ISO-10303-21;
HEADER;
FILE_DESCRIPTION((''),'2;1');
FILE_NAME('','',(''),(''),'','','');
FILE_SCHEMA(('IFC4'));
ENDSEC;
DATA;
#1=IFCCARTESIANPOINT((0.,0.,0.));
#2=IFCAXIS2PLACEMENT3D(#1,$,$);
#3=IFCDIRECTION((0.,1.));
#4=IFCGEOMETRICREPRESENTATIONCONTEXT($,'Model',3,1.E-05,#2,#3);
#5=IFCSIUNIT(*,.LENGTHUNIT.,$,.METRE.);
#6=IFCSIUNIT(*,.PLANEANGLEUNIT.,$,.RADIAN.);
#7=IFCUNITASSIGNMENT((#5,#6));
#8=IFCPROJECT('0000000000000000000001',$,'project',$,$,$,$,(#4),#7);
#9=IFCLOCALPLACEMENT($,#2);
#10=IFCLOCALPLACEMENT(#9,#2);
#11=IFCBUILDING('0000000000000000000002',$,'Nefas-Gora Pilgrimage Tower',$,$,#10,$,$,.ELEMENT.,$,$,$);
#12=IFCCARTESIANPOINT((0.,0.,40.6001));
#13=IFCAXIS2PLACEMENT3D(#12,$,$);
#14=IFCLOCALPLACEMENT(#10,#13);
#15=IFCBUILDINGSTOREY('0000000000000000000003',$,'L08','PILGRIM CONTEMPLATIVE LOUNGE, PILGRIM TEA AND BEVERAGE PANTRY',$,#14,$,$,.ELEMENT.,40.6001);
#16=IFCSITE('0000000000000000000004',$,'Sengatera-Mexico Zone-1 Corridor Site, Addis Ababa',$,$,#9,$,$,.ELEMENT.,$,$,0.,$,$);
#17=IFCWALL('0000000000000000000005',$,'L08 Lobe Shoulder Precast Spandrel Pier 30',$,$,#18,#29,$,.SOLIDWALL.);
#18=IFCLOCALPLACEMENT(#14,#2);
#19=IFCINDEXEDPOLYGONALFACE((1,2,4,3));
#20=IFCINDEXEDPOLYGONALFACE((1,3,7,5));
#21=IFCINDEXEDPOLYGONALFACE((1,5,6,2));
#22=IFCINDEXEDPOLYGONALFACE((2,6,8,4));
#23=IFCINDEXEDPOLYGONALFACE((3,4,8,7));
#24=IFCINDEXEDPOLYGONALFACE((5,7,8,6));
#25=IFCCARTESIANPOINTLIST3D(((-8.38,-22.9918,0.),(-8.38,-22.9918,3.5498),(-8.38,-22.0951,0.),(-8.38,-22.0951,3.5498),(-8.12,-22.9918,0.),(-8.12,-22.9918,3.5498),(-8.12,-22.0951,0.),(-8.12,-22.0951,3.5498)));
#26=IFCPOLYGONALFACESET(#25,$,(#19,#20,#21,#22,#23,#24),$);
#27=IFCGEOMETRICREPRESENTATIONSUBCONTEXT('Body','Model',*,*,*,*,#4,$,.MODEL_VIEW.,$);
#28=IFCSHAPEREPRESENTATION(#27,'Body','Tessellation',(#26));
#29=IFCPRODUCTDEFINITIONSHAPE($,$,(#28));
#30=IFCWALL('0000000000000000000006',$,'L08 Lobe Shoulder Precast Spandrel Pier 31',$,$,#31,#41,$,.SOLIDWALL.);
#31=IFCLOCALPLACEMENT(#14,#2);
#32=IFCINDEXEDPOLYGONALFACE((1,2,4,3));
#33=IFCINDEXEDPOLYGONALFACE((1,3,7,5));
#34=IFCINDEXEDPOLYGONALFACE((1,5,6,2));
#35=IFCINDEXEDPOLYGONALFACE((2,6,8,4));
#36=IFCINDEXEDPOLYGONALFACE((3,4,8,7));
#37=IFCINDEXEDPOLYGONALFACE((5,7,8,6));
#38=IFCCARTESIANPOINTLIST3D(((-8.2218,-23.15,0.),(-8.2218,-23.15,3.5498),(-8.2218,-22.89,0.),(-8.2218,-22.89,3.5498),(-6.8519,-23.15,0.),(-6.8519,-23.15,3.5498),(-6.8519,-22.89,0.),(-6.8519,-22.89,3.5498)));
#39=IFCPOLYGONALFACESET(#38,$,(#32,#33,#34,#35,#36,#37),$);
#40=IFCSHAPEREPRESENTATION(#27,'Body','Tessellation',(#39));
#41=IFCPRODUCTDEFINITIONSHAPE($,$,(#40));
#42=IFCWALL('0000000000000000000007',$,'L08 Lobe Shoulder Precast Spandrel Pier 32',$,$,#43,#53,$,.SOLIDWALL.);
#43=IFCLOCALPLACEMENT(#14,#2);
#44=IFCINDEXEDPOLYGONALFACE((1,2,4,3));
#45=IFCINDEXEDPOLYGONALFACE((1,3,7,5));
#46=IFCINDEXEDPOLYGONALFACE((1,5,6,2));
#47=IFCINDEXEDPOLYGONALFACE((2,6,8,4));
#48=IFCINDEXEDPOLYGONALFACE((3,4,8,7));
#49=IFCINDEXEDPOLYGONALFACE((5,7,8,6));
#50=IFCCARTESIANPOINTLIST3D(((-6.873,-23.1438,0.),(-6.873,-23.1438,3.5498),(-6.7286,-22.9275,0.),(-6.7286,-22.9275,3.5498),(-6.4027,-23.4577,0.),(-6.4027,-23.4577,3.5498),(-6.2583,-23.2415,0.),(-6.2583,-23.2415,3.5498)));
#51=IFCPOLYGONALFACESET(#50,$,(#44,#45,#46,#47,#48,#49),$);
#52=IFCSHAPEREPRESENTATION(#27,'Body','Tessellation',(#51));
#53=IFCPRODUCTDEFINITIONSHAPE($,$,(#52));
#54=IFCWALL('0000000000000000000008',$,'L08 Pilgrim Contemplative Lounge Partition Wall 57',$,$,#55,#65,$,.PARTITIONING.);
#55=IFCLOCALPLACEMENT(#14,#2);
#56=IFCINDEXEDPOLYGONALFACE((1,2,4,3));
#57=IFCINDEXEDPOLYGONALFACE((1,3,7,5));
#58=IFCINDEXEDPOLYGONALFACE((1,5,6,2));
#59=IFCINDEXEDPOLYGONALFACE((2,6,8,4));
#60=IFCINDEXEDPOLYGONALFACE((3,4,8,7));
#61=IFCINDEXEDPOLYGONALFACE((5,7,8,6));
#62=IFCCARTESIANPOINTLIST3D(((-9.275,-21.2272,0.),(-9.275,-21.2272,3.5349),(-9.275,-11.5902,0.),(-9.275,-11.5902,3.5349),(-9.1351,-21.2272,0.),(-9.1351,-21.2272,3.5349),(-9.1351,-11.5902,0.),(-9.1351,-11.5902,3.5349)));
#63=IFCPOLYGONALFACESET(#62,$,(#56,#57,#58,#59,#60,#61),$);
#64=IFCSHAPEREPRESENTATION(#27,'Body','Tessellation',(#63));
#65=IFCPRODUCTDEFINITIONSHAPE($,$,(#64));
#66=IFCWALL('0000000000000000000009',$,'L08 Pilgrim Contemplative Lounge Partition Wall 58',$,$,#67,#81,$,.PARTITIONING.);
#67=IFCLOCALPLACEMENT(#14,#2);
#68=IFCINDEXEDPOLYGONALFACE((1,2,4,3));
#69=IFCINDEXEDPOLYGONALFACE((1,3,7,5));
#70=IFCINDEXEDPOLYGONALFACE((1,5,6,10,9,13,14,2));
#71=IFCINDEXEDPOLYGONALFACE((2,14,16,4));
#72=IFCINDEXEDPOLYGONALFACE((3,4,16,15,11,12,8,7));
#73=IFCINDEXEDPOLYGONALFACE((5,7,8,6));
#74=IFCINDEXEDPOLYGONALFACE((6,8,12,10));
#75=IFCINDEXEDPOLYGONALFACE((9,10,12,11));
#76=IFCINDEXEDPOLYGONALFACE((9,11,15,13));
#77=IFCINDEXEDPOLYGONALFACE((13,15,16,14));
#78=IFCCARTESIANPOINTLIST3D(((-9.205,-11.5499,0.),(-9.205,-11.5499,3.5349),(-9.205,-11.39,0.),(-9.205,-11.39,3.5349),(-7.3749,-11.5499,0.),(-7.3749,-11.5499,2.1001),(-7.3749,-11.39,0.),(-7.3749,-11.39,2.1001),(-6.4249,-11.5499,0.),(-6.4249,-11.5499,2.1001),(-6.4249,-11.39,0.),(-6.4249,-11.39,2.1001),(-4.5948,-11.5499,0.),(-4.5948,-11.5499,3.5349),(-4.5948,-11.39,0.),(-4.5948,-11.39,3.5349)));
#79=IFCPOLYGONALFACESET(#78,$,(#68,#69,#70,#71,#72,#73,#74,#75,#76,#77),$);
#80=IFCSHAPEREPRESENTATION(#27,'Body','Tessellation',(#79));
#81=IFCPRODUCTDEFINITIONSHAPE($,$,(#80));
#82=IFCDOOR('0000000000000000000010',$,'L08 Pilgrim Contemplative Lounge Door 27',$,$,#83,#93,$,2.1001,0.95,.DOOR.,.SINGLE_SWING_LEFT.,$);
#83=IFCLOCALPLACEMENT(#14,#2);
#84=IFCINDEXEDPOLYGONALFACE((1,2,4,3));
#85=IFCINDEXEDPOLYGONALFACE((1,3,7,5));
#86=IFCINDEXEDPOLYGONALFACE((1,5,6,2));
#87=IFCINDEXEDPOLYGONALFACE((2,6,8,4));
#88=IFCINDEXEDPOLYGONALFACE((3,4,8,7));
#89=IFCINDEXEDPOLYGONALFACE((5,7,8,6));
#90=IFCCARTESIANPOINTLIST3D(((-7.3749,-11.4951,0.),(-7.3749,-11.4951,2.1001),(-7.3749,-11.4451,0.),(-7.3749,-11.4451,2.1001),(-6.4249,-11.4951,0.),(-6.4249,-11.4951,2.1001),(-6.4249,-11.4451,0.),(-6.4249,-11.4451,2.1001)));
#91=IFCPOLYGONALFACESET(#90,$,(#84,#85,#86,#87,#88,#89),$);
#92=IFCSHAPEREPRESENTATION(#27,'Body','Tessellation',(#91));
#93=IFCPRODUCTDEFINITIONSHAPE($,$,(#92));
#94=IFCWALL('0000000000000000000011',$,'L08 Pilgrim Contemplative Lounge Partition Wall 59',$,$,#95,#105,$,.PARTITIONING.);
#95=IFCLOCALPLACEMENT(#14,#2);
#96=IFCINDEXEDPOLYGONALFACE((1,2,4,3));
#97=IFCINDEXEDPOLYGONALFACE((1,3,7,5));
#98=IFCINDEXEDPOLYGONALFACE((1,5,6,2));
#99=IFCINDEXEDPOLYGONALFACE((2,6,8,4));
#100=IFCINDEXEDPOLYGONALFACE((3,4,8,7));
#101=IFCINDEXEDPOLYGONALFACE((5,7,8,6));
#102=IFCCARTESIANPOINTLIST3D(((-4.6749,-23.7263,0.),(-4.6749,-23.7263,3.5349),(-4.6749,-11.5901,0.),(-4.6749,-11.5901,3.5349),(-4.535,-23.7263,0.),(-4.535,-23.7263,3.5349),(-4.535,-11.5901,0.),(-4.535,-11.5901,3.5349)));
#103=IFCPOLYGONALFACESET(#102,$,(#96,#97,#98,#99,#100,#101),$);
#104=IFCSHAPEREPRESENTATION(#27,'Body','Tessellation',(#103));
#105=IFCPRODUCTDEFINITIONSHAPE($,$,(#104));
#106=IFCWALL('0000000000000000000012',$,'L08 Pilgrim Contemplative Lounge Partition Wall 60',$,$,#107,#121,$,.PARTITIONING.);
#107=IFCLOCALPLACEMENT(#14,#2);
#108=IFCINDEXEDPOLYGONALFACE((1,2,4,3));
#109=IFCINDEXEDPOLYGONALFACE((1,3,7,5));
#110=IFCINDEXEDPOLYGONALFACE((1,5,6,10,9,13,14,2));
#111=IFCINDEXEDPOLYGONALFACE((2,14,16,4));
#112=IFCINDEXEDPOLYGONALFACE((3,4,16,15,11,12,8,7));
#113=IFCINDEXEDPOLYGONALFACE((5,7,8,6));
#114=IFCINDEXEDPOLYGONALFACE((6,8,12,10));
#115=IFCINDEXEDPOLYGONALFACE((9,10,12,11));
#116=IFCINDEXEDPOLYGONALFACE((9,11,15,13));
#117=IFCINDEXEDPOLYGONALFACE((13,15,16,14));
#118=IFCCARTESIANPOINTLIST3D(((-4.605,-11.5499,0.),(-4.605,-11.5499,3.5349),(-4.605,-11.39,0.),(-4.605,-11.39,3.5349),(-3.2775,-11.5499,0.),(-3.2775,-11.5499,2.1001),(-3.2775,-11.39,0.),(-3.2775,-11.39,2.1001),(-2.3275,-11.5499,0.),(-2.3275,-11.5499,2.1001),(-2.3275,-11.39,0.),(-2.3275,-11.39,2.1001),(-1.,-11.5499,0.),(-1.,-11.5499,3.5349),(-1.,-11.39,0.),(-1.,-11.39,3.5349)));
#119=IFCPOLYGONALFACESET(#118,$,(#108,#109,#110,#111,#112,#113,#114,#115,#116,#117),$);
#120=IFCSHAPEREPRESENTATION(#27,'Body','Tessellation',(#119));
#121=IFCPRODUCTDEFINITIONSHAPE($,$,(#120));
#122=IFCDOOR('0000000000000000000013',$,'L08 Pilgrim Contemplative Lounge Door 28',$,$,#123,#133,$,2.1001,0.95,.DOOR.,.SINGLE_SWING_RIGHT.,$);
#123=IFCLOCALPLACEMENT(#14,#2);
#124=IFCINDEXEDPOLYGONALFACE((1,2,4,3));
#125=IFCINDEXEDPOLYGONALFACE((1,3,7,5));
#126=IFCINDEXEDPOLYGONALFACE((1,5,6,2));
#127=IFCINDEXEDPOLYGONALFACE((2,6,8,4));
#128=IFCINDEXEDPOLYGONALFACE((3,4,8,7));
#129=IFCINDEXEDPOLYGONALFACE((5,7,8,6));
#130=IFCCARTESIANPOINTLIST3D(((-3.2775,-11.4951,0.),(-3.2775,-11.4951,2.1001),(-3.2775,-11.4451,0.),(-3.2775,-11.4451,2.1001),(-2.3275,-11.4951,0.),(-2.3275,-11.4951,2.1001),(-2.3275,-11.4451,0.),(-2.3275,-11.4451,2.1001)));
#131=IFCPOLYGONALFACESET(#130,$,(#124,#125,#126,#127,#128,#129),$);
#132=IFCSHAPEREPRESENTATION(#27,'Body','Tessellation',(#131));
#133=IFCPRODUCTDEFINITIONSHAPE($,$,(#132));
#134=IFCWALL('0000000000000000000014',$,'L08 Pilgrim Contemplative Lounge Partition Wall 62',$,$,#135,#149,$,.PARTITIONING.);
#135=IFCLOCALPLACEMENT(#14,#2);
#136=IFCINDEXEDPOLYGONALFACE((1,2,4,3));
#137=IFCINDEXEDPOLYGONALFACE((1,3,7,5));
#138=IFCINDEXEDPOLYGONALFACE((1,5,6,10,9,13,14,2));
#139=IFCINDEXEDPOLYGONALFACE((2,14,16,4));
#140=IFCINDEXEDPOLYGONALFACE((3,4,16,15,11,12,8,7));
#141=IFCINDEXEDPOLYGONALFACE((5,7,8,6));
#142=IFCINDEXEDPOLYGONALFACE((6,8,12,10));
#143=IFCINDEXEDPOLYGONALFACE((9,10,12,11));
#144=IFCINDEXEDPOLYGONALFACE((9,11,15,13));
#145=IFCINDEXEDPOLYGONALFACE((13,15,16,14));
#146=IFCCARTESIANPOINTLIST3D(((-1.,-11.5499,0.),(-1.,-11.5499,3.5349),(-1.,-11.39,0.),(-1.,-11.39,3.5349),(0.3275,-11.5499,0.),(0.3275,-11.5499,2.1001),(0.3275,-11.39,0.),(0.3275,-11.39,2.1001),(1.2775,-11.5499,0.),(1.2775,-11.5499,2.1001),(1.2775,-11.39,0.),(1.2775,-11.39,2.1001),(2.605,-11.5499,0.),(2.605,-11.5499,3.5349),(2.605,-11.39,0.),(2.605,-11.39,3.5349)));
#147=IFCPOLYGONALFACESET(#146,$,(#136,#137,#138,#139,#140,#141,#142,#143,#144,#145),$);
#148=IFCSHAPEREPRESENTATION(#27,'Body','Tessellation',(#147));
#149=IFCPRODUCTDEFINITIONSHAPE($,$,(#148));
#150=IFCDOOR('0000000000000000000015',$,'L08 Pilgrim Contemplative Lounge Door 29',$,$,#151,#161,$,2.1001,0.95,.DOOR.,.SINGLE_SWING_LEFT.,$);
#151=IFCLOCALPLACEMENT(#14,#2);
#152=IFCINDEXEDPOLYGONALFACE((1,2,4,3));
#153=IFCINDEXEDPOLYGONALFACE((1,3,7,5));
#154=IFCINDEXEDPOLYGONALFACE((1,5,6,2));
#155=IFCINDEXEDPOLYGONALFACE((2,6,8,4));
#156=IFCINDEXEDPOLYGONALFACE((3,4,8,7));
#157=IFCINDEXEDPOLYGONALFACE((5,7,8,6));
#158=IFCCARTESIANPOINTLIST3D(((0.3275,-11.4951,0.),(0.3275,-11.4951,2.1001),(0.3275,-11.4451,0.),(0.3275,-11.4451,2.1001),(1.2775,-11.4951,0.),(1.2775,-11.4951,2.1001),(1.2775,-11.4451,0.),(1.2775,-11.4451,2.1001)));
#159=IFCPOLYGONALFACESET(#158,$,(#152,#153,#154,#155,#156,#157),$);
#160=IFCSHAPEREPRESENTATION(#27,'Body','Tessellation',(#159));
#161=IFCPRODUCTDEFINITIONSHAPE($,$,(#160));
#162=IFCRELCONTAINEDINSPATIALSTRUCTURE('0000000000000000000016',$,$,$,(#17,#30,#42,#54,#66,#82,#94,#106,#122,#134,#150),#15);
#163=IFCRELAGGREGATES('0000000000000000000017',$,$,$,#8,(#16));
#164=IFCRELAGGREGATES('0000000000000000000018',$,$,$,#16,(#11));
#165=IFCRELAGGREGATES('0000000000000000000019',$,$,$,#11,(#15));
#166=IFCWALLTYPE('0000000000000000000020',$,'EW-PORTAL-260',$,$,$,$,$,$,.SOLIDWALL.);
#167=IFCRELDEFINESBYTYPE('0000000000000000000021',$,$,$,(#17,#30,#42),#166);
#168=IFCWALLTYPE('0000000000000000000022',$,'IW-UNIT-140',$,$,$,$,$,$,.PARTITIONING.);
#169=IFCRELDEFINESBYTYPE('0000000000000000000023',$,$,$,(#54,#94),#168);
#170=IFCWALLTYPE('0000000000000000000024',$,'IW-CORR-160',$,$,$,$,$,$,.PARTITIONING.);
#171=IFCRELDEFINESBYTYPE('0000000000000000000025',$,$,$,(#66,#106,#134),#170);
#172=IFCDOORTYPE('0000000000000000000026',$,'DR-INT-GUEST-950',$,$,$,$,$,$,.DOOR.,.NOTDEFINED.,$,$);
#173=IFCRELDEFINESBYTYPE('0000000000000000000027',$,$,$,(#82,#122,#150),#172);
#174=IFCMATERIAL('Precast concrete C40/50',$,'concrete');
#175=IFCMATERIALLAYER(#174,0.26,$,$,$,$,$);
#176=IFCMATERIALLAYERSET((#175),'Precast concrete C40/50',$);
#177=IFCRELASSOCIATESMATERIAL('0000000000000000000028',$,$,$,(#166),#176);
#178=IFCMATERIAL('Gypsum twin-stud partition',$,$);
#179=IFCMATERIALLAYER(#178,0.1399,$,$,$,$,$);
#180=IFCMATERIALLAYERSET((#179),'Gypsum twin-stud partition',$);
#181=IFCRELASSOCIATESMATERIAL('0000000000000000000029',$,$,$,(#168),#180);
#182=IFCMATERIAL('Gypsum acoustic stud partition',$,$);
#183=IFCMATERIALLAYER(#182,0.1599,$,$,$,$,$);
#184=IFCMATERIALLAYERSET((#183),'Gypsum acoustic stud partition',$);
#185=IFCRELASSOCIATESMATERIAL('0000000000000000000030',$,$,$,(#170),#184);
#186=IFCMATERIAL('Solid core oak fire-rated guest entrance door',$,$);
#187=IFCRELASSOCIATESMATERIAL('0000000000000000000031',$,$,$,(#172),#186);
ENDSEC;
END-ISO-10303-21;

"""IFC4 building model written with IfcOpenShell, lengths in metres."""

from ifc_helpers import new_model, si_unit, direction, frame, frame_2d, origin, place, context, subcontext, project, spatial, rectangle, extrude, source, transform, mapped, material, layer, layer_set, type_object, element, fill, save


model = new_model("IFC4")

# Units and contexts
model_context = context("Model", 3, precision=1e-05, world=origin(), true_north=direction((0.0, 1.0)))
body_context = subcontext(model_context, "Body", "Model", "MODEL_VIEW")
ifc_project = project(units=[si_unit("LENGTHUNIT", "METRE"), si_unit("PLANEANGLEUNIT", "RADIAN")], contexts=[model_context])

# Site, building, storey
site_placement = place(None, origin())
site = spatial("IfcSite", under=ifc_project, at=site_placement, Name="Sengatera-Mexico Zone-1 Corridor Site, Addis Ababa", CompositionType="ELEMENT", RefElevation=0.0)
building_placement = place(site_placement, origin())
building = spatial("IfcBuilding", under=site, at=building_placement, Name="Nefas-Gora Pilgrimage Tower", CompositionType="ELEMENT")
storey_placement = place(building_placement, frame((0.0, 0.0, 40.6001)))
storey = spatial("IfcBuildingStorey", under=building, at=storey_placement, Name="L08", Description="PILGRIM CONTEMPLATIVE LOUNGE, PILGRIM TEA AND BEVERAGE PANTRY", CompositionType="ELEMENT", Elevation=40.6001)

# Walls
ifc_material_1 = material(Name="Precast concrete C40/50", Category="concrete")
ifc_layer_1 = layer(ifc_material_1, 0.26)
ifc_layer_set_1 = layer_set([ifc_layer_1], Name="Precast concrete C40/50")
wall_type_1 = type_object("IfcWallType", Name="EW-PORTAL-260", PredefinedType="SOLIDWALL", material=ifc_layer_set_1)
shared_shape_1 = source(origin(), body_context, "Body", "SweptSolid", [
    extrude(rectangle(XDim=0.8967, YDim=0.26, at=frame_2d((0.4482, 0.0))), origin(), (0.0, 0.0, 1.0), 3.5498),
])
wall_1_placement = place(storey_placement, frame((-8.25, -22.0952, 0.0), z_axis=(0.0, 0.0, 1.0), x_axis=(0.0, -1.0, 0.0)))
element("IfcWall", 1, at=wall_1_placement, inside=storey, type_object=wall_type_1, Name="L08 Lobe Shoulder Precast Spandrel Pier 30", PredefinedType="SOLIDWALL", context=body_context, shape_type="MappedRepresentation", body=[
    mapped(shared_shape_1, transform((0.0, 0.0, 0.0), x_axis=(1.0, 0.0, 0.0), y_axis=(0.0, 1.0, 0.0), z_axis=(0.0, 0.0, 1.0), scale=1.0)),
])
shared_shape_2 = source(origin(), body_context, "Body", "SweptSolid", [
    extrude(rectangle(XDim=1.3699, YDim=0.26, at=frame_2d((0.6851, 0.0))), origin(), (0.0, 0.0, 1.0), 3.5498),
])
wall_2_placement = place(storey_placement, frame((-8.2219, -23.02, 0.0), z_axis=(0.0, 0.0, 1.0), x_axis=(1.0, 0.0, 0.0)))
element("IfcWall", 2, at=wall_2_placement, inside=storey, type_object=wall_type_1, Name="L08 Lobe Shoulder Precast Spandrel Pier 31", PredefinedType="SOLIDWALL", context=body_context, shape_type="MappedRepresentation", body=[
    mapped(shared_shape_2, transform((0.0, 0.0, 0.0), x_axis=(1.0, 0.0, 0.0), y_axis=(0.0, 1.0, 0.0), z_axis=(0.0, 0.0, 1.0), scale=1.0)),
])
shared_shape_3 = source(origin(), body_context, "Body", "SweptSolid", [
    extrude(rectangle(XDim=0.5654, YDim=0.26, at=frame_2d((0.2827, 0.0))), origin(), (0.0, 0.0, 1.0), 3.5498),
])
wall_3_placement = place(storey_placement, frame((-6.8008, -23.0356, 0.0), z_axis=(0.0, 0.0, 1.0), x_axis=(0.831651, -0.555298, 0.0)))
element("IfcWall", 3, at=wall_3_placement, inside=storey, type_object=wall_type_1, Name="L08 Lobe Shoulder Precast Spandrel Pier 32", PredefinedType="SOLIDWALL", context=body_context, shape_type="MappedRepresentation", body=[
    mapped(shared_shape_3, transform((0.0, 0.0, 0.0), x_axis=(1.0, 0.0, 0.0), y_axis=(0.0, 1.0, 0.0), z_axis=(0.0, 0.0, 1.0), scale=1.0)),
])
ifc_material_2 = material(Name="Gypsum twin-stud partition")
ifc_layer_2 = layer(ifc_material_2, 0.1399)
ifc_layer_set_2 = layer_set([ifc_layer_2], Name="Gypsum twin-stud partition")
wall_type_2 = type_object("IfcWallType", Name="IW-UNIT-140", PredefinedType="PARTITIONING", material=ifc_layer_set_2)
shared_shape_4 = source(origin(), body_context, "Body", "SweptSolid", [
    extrude(rectangle(XDim=9.637, YDim=0.1399, at=frame_2d((4.8184, 0.0))), origin(), (0.0, 0.0, 1.0), 3.5349),
])
wall_4_placement = place(storey_placement, frame((-9.2051, -21.2271, 0.0), z_axis=(0.0, 0.0, 1.0), x_axis=(0.0, 1.0, 0.0)))
element("IfcWall", 4, at=wall_4_placement, inside=storey, type_object=wall_type_2, Name="L08 Pilgrim Contemplative Lounge Partition Wall 57", PredefinedType="PARTITIONING", context=body_context, shape_type="MappedRepresentation", body=[
    mapped(shared_shape_4, transform((0.0, 0.0, 0.0), x_axis=(1.0, 0.0, 0.0), y_axis=(0.0, 1.0, 0.0), z_axis=(0.0, 0.0, 1.0), scale=1.0)),
])

# Wall, opening, door
ifc_material_3 = material(Name="Gypsum acoustic stud partition")
ifc_layer_3 = layer(ifc_material_3, 0.1599)
ifc_layer_set_3 = layer_set([ifc_layer_3], Name="Gypsum acoustic stud partition")
wall_type_3 = type_object("IfcWallType", Name="IW-CORR-160", PredefinedType="PARTITIONING", material=ifc_layer_set_3)
shared_shape_5 = source(origin(), body_context, "Body", "SweptSolid", [
    extrude(rectangle(XDim=4.6101, YDim=0.1599, at=frame_2d((2.3052, 0.0))), origin(), (0.0, 0.0, 1.0), 3.5349),
])
wall_5_placement = place(storey_placement, frame((-9.2051, -11.47, 0.0), z_axis=(0.0, 0.0, 1.0), x_axis=(1.0, 0.0, 0.0)))
wall_5 = element("IfcWall", 5, at=wall_5_placement, inside=storey, type_object=wall_type_3, Name="L08 Pilgrim Contemplative Lounge Partition Wall 58", PredefinedType="PARTITIONING", context=body_context, shape_type="MappedRepresentation", body=[
    mapped(shared_shape_5, transform((0.0, 0.0, 0.0), x_axis=(1.0, 0.0, 0.0), y_axis=(0.0, 1.0, 0.0), z_axis=(0.0, 0.0, 1.0), scale=1.0)),
])
opening_1_placement = place(wall_5_placement, frame((1.8301, 0.0, 0.0)))
opening_1 = element("IfcOpeningElement", 6, at=opening_1_placement, cuts=wall_5, PredefinedType="OPENING", context=body_context, shape_type="SweptSolid", body=[
    extrude(rectangle(XDim=0.95, YDim=2.1001, at=frame_2d((0.4751, 1.05))), frame((0.0, 0.0898, 0.0), z_axis=(0.0, -1.0, 0.0), x_axis=(1.0, 0.0, 0.0)), (0.0, 0.0, 1.0), 0.1799),
])
ifc_material_4 = material(Name="Solid core oak fire-rated guest entrance door")
door_type_1 = type_object("IfcDoorType", Name="DR-INT-GUEST-950", OperationType="NOTDEFINED", PredefinedType="DOOR", material=ifc_material_4)
shared_shape_6 = source(origin(), body_context, "Body", "SweptSolid", [
    extrude(rectangle(XDim=0.95, YDim=2.1001, at=frame_2d((0.4751, 1.05))), frame((0.0, 0.0249, 0.0), z_axis=(0.0, -1.0, 0.0), x_axis=(1.0, 0.0, 0.0)), (0.0, 0.0, 1.0), 0.05),
])
door_1_placement = place(opening_1_placement, origin())
door_1 = element("IfcDoor", 7, at=door_1_placement, inside=storey, type_object=door_type_1, Name="L08 Pilgrim Contemplative Lounge Door 27", OperationType="SINGLE_SWING_LEFT", OverallHeight=2.1001, OverallWidth=0.95, PredefinedType="DOOR", context=body_context, shape_type="MappedRepresentation", body=[
    mapped(shared_shape_6, transform((0.0, 0.0, 0.0), x_axis=(1.0, 0.0, 0.0), y_axis=(0.0, 1.0, 0.0), z_axis=(0.0, 0.0, 1.0), scale=1.0)),
])
fill(opening_1, door_1)

# Wall
shared_shape_7 = source(origin(), body_context, "Body", "SweptSolid", [
    extrude(rectangle(XDim=12.1362, YDim=0.1399, at=frame_2d((6.0681, 0.0))), origin(), (0.0, 0.0, 1.0), 3.5349),
])
wall_6_placement = place(storey_placement, frame((-4.605, -23.7263, 0.0), z_axis=(0.0, 0.0, 1.0), x_axis=(0.0, 1.0, 0.0)))
element("IfcWall", 8, at=wall_6_placement, inside=storey, type_object=wall_type_2, Name="L08 Pilgrim Contemplative Lounge Partition Wall 59", PredefinedType="PARTITIONING", context=body_context, shape_type="MappedRepresentation", body=[
    mapped(shared_shape_7, transform((0.0, 0.0, 0.0), x_axis=(1.0, 0.0, 0.0), y_axis=(0.0, 1.0, 0.0), z_axis=(0.0, 0.0, 1.0), scale=1.0)),
])

# Walls, openings, doors
shared_shape_8 = source(origin(), body_context, "Body", "SweptSolid", [
    extrude(rectangle(XDim=3.605, YDim=0.1599, at=frame_2d((1.8025, 0.0))), origin(), (0.0, 0.0, 1.0), 3.5349),
])
wall_7_placement = place(storey_placement, frame((-4.605, -11.47, 0.0), z_axis=(0.0, 0.0, 1.0), x_axis=(1.0, 0.0, 0.0)))
wall_7 = element("IfcWall", 9, at=wall_7_placement, inside=storey, type_object=wall_type_3, Name="L08 Pilgrim Contemplative Lounge Partition Wall 60", PredefinedType="PARTITIONING", context=body_context, shape_type="MappedRepresentation", body=[
    mapped(shared_shape_8, transform((0.0, 0.0, 0.0), x_axis=(1.0, 0.0, 0.0), y_axis=(0.0, 1.0, 0.0), z_axis=(0.0, 0.0, 1.0), scale=1.0)),
])
opening_2_placement = place(wall_7_placement, frame((1.3274, 0.0, 0.0)))
opening_2 = element("IfcOpeningElement", 10, at=opening_2_placement, cuts=wall_7, PredefinedType="OPENING", context=body_context, shape_type="SweptSolid", body=[
    extrude(rectangle(XDim=0.95, YDim=2.1001, at=frame_2d((0.4751, 1.05))), frame((0.0, 0.0898, 0.0), z_axis=(0.0, -1.0, 0.0), x_axis=(1.0, 0.0, 0.0)), (0.0, 0.0, 1.0), 0.1799),
])
door_2_placement = place(opening_2_placement, origin())
door_2 = element("IfcDoor", 11, at=door_2_placement, inside=storey, type_object=door_type_1, Name="L08 Pilgrim Contemplative Lounge Door 28", OperationType="SINGLE_SWING_RIGHT", OverallHeight=2.1001, OverallWidth=0.95, PredefinedType="DOOR", context=body_context, shape_type="MappedRepresentation", body=[
    mapped(shared_shape_6, transform((0.0, 0.0, 0.0), x_axis=(1.0, 0.0, 0.0), y_axis=(0.0, 1.0, 0.0), z_axis=(0.0, 0.0, 1.0), scale=1.0)),
])
fill(opening_2, door_2)
wall_8_placement = place(storey_placement, frame((-1.0, -11.47, 0.0), z_axis=(0.0, 0.0, 1.0), x_axis=(1.0, 0.0, 0.0)))
wall_8 = element("IfcWall", 12, at=wall_8_placement, inside=storey, type_object=wall_type_3, Name="L08 Pilgrim Contemplative Lounge Partition Wall 62", PredefinedType="PARTITIONING", context=body_context, shape_type="MappedRepresentation", body=[
    mapped(shared_shape_8, transform((0.0, 0.0, 0.0), x_axis=(1.0, 0.0, 0.0), y_axis=(0.0, 1.0, 0.0), z_axis=(0.0, 0.0, 1.0), scale=1.0)),
])
opening_3_placement = place(wall_8_placement, frame((1.3274, 0.0, 0.0)))
opening_3 = element("IfcOpeningElement", 13, at=opening_3_placement, cuts=wall_8, PredefinedType="OPENING", context=body_context, shape_type="SweptSolid", body=[
    extrude(rectangle(XDim=0.95, YDim=2.1001, at=frame_2d((0.4751, 1.05))), frame((0.0, 0.0898, 0.0), z_axis=(0.0, -1.0, 0.0), x_axis=(1.0, 0.0, 0.0)), (0.0, 0.0, 1.0), 0.1799),
])
door_3_placement = place(opening_3_placement, origin())
door_3 = element("IfcDoor", 14, at=door_3_placement, inside=storey, type_object=door_type_1, Name="L08 Pilgrim Contemplative Lounge Door 29", OperationType="SINGLE_SWING_LEFT", OverallHeight=2.1001, OverallWidth=0.95, PredefinedType="DOOR", context=body_context, shape_type="MappedRepresentation", body=[
    mapped(shared_shape_6, transform((0.0, 0.0, 0.0), x_axis=(1.0, 0.0, 0.0), y_axis=(0.0, 1.0, 0.0), z_axis=(0.0, 0.0, 1.0), scale=1.0)),
])
fill(opening_3, door_3)

save(model, "model.ifc")
